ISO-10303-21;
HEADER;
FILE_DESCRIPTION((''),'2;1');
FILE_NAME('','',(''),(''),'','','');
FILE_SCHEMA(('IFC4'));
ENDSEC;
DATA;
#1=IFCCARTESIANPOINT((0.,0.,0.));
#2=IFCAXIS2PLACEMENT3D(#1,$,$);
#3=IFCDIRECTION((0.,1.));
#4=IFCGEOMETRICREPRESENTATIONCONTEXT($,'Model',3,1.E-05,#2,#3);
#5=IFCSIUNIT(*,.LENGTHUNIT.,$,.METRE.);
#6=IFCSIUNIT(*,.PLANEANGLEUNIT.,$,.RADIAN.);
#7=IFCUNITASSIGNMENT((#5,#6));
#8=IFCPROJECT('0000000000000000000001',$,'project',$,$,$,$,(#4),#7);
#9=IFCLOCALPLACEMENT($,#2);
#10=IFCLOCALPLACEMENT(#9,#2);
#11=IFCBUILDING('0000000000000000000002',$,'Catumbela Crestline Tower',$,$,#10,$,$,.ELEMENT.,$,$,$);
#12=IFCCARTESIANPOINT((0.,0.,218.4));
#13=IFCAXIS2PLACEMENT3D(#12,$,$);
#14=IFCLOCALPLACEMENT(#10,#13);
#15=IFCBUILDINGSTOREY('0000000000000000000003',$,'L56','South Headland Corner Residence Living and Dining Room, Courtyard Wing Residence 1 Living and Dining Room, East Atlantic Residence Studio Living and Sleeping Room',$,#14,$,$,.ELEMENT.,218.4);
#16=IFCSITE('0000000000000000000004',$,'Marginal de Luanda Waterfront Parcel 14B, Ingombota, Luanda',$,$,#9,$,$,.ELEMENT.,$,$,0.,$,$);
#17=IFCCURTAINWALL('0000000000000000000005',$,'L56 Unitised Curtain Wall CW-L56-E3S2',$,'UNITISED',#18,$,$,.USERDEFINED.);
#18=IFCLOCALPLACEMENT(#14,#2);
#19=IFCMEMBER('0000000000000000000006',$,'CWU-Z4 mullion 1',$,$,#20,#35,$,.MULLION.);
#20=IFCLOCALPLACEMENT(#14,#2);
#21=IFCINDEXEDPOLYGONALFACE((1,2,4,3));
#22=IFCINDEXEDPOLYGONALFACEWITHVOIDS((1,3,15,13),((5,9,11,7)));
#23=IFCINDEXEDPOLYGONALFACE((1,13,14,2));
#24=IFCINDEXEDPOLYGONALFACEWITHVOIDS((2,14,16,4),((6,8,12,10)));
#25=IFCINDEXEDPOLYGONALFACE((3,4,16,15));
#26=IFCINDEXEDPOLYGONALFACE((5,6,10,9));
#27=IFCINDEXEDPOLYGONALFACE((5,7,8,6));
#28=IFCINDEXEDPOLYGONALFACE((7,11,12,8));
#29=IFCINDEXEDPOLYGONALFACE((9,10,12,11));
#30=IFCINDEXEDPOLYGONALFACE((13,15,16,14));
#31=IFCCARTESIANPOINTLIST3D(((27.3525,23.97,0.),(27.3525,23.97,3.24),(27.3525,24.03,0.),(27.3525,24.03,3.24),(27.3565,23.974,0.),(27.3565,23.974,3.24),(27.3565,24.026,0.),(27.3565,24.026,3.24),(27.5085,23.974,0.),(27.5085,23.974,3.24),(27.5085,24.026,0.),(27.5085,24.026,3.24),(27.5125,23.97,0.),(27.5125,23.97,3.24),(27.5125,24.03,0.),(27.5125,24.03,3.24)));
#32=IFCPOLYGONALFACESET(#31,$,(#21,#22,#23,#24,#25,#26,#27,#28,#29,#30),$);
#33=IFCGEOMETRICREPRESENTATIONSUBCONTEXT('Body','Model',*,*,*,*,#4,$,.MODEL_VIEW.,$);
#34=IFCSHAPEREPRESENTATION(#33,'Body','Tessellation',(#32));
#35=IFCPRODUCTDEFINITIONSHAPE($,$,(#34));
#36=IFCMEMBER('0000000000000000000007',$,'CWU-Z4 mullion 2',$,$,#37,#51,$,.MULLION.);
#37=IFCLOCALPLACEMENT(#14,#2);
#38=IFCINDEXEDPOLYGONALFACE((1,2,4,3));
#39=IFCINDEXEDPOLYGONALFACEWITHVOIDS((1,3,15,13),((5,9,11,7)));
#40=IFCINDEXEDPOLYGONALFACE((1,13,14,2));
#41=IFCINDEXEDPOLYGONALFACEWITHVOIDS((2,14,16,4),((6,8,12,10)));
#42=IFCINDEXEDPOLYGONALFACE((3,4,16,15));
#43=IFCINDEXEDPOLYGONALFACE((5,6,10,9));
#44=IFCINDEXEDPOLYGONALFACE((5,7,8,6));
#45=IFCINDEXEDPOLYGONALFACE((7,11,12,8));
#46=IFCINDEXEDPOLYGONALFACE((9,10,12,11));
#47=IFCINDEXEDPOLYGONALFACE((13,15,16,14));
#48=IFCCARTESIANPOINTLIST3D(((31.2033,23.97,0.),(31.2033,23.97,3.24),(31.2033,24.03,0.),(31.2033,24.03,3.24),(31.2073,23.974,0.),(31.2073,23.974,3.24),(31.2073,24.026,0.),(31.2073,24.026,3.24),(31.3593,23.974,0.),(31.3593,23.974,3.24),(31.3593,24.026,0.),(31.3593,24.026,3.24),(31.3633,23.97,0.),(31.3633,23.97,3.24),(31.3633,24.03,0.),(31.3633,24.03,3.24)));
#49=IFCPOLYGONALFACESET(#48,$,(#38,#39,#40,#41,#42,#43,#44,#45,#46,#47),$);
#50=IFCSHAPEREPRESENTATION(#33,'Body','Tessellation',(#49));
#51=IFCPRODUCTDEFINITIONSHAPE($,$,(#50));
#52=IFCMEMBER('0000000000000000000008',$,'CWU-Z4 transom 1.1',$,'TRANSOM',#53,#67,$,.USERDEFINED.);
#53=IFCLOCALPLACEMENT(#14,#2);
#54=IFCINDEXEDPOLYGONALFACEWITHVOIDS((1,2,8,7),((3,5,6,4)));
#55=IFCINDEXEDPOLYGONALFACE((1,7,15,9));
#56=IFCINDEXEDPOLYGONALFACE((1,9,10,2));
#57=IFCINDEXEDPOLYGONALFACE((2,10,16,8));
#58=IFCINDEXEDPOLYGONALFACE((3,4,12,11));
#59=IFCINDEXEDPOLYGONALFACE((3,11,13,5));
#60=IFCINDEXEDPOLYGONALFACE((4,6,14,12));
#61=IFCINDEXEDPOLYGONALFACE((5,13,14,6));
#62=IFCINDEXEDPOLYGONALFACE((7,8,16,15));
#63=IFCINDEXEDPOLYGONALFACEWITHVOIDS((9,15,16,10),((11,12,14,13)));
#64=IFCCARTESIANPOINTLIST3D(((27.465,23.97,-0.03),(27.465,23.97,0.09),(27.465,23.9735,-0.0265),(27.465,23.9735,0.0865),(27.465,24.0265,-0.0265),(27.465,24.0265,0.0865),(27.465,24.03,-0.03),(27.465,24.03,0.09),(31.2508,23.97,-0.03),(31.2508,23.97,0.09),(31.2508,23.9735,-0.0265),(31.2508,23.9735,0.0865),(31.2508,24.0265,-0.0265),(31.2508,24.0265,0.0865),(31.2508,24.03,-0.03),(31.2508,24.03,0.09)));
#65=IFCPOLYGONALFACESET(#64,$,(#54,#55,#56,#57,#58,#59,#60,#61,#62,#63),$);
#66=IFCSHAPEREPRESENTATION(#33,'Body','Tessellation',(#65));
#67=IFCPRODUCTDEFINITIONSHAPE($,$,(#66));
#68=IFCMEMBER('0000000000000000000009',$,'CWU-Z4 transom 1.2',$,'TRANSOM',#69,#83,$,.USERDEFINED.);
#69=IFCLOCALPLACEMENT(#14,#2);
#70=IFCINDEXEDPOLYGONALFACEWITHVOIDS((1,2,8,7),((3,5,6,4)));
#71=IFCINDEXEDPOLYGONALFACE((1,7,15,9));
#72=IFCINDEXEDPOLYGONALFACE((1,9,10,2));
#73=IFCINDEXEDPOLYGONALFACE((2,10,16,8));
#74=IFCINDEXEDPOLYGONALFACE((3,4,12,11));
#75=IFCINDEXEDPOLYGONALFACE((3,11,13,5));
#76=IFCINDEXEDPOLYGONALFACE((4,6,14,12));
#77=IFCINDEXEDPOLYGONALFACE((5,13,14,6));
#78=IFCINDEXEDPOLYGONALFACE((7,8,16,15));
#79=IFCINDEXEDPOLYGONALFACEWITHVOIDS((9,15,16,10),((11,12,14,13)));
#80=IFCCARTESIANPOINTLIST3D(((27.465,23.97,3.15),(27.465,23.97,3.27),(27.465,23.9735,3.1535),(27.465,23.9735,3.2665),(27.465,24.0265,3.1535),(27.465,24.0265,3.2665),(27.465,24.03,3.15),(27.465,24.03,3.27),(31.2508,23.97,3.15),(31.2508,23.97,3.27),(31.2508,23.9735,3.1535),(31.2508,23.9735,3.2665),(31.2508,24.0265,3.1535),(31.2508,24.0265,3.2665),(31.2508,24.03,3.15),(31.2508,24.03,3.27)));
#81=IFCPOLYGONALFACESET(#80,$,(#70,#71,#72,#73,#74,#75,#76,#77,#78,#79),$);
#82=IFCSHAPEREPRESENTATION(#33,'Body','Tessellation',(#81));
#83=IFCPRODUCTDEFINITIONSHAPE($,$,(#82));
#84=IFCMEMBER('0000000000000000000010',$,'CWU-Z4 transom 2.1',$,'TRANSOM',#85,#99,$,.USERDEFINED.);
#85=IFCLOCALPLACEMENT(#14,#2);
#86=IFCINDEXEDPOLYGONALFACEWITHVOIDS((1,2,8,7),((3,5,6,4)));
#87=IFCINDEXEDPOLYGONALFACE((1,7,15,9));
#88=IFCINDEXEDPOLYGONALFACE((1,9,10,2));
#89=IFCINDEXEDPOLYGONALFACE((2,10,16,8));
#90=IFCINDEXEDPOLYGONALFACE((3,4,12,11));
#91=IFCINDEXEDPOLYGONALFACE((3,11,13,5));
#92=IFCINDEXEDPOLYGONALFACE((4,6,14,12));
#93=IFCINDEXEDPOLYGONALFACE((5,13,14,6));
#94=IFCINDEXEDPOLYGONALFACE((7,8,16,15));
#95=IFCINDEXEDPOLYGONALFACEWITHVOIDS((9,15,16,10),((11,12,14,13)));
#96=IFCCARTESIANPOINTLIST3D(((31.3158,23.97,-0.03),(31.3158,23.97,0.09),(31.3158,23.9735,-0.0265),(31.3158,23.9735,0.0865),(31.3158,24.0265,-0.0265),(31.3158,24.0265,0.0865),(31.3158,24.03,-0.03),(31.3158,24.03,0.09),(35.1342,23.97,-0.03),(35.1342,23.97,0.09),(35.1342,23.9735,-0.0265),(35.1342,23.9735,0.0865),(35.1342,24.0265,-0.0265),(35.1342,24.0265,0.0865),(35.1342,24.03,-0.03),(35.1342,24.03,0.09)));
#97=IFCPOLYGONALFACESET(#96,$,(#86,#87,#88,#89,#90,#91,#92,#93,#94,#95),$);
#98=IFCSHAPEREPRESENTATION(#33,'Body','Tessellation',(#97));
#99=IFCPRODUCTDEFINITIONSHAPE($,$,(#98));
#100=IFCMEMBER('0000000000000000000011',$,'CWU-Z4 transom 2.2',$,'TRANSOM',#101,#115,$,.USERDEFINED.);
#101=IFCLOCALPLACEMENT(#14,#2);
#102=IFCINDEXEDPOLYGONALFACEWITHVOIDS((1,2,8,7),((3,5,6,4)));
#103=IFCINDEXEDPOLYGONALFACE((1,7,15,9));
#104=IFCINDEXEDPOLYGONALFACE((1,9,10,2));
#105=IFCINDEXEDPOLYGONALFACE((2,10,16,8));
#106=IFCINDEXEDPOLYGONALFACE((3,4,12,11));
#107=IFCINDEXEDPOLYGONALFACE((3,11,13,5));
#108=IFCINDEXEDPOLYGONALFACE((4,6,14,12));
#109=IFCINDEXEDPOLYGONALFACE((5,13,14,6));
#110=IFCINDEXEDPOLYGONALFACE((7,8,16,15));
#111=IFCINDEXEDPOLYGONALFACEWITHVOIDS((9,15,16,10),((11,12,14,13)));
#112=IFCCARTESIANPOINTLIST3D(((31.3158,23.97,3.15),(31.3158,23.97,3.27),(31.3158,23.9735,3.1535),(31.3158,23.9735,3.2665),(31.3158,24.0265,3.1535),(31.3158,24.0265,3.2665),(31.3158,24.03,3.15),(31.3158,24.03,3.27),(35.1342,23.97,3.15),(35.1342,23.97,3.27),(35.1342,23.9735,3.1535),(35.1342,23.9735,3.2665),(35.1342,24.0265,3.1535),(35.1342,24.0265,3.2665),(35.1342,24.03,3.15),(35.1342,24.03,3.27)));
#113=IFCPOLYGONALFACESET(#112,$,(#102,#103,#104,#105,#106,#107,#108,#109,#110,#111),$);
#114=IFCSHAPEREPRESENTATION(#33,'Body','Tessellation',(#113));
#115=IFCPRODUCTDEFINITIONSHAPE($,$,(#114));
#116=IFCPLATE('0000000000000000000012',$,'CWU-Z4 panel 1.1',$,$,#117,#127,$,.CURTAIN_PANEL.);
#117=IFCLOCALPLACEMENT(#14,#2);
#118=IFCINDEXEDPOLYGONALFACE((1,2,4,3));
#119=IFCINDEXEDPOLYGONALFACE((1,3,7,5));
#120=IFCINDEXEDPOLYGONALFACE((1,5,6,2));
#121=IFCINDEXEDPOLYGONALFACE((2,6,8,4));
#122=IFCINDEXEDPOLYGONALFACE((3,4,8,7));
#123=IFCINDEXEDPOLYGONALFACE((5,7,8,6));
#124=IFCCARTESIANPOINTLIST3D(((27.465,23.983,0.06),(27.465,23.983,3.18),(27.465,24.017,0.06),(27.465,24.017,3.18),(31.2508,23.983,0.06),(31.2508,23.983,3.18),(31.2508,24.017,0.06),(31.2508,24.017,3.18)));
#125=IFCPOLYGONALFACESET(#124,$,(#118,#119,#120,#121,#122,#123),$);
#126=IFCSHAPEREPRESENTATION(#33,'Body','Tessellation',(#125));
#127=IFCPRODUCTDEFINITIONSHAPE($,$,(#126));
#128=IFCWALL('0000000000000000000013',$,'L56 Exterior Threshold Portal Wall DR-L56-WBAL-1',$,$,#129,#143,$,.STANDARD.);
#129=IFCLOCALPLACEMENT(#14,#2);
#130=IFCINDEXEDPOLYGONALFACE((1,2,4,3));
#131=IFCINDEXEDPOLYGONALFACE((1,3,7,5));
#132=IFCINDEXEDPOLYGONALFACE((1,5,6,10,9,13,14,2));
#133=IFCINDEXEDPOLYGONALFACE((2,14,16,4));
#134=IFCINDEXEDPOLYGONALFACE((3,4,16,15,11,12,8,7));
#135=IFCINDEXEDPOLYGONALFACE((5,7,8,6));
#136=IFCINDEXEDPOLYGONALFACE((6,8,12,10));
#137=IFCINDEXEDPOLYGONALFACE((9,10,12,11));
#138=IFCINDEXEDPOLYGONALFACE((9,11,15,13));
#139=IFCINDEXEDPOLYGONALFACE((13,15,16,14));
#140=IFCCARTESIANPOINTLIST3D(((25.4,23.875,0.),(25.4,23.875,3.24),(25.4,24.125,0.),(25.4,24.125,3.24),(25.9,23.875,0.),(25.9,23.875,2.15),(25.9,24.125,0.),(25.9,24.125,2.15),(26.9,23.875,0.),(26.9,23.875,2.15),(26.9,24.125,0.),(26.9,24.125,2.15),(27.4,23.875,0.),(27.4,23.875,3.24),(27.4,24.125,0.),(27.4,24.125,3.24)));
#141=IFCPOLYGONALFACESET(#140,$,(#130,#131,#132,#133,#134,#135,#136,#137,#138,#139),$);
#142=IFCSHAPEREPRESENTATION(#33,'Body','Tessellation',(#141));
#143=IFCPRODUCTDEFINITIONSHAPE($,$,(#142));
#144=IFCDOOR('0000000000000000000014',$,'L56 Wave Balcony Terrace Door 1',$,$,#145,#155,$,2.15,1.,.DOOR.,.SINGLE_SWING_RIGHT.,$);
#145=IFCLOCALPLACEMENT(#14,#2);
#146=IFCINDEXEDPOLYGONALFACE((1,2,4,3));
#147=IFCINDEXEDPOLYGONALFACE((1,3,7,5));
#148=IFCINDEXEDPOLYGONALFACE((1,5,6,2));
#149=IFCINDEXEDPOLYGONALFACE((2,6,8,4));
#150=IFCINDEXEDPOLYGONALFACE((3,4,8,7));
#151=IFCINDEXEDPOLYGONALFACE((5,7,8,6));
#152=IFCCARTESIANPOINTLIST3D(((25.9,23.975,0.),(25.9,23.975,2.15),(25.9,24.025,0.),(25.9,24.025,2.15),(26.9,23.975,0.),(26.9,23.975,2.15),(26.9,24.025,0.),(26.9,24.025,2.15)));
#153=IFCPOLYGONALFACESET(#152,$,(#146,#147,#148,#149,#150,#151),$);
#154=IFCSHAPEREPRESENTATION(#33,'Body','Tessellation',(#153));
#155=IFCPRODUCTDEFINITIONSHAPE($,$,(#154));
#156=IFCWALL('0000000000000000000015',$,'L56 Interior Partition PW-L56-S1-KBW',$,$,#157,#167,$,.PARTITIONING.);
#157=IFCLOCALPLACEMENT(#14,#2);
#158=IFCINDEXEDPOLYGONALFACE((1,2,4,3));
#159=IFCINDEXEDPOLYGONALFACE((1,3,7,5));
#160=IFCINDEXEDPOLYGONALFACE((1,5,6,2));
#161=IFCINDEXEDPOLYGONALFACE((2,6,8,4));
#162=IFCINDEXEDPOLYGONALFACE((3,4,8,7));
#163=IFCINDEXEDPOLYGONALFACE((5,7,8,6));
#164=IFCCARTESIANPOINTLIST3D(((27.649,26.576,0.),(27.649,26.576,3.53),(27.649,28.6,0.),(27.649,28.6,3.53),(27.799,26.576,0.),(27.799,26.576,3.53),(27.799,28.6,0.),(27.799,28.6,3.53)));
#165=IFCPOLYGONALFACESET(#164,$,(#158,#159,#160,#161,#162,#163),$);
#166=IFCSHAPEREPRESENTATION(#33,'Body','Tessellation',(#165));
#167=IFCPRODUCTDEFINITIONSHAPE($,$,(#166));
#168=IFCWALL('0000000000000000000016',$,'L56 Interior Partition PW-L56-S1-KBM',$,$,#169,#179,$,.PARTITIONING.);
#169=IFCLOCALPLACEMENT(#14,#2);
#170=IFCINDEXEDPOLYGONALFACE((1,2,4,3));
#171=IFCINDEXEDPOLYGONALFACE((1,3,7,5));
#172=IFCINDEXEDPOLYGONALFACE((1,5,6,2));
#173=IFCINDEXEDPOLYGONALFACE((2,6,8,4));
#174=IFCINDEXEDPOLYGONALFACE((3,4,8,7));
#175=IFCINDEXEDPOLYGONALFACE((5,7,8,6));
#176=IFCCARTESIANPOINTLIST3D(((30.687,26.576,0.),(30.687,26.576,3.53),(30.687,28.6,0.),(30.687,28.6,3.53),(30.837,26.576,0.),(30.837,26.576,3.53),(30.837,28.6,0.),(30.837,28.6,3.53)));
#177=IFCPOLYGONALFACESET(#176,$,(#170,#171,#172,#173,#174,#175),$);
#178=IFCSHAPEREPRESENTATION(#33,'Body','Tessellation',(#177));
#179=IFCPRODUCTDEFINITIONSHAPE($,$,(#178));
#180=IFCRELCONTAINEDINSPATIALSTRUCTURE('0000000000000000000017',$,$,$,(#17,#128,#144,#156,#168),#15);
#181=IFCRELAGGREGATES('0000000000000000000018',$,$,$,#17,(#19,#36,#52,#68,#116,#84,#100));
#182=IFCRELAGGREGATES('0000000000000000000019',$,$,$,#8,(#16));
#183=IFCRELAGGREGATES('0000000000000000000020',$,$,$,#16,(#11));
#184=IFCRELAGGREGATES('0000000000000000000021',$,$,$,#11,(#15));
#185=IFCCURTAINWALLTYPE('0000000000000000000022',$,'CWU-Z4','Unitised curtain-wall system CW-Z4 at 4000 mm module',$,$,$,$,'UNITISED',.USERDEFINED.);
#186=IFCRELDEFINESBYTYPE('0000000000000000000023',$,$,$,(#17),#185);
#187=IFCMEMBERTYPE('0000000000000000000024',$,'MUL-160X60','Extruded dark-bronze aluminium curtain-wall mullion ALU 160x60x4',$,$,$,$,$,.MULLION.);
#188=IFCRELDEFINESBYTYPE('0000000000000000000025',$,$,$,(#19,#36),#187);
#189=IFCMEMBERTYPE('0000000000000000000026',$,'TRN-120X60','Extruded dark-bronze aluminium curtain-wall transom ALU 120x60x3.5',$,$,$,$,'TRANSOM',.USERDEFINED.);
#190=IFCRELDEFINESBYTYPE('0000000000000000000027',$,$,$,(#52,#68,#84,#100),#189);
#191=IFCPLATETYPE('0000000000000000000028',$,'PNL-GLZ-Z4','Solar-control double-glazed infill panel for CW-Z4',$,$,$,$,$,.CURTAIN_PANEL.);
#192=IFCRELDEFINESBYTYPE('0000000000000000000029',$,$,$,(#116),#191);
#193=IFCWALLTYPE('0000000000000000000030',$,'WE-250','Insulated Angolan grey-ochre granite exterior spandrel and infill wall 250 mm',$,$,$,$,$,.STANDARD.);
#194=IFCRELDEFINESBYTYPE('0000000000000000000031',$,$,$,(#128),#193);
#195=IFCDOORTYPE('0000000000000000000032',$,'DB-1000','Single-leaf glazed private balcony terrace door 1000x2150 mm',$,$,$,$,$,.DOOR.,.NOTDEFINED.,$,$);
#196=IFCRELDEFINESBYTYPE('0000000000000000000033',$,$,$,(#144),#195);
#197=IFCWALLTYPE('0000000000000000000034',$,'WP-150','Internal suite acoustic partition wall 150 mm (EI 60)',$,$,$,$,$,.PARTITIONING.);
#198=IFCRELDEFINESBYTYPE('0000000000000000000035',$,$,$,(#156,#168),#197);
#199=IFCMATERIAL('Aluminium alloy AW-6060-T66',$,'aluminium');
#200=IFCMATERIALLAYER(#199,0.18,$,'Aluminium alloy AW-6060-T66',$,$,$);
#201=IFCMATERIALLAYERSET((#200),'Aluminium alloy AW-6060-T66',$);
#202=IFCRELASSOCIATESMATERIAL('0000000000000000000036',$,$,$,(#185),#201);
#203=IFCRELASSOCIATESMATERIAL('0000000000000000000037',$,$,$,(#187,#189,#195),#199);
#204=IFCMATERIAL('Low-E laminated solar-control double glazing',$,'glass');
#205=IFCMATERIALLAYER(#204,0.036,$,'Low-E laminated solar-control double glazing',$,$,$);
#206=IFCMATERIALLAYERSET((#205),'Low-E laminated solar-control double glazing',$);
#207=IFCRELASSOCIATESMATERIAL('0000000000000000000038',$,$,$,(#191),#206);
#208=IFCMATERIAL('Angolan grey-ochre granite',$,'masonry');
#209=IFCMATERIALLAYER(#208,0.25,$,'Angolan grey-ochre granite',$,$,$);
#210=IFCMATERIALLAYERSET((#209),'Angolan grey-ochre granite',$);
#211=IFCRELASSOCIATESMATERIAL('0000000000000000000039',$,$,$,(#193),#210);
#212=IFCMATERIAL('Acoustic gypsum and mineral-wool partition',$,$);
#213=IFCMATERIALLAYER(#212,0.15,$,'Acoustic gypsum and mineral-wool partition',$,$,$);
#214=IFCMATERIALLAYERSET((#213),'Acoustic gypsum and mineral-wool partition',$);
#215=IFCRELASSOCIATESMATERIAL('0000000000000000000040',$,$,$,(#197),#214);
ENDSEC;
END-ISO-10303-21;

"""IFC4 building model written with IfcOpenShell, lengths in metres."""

from ifc_helpers import new_model, si_unit, direction, frame, frame_2d, origin, origin_2d, place, context, subcontext, project, spatial, rectangle, hollow_rectangle, extrude, material, layer, layer_set, material_profile, profile_set, type_object, element, fill, aggregate, save


model = new_model("IFC4")

# Units and contexts
model_context = context("Model", 3, precision=1e-05, world=origin(), true_north=direction((0.0, 1.0)))
body_context = subcontext(model_context, "Body", "Model", "MODEL_VIEW")
ifc_project = project(units=[si_unit("LENGTHUNIT", "METRE"), si_unit("PLANEANGLEUNIT", "RADIAN")], contexts=[model_context])

# Site, building, storey
site_placement = place(None, origin())
site = spatial("IfcSite", under=ifc_project, at=site_placement, Name="Marginal de Luanda Waterfront Parcel 14B, Ingombota, Luanda", CompositionType="ELEMENT", RefElevation=0.0)
building_placement = place(site_placement, origin())
building = spatial("IfcBuilding", under=site, at=building_placement, Name="Catumbela Crestline Tower", CompositionType="ELEMENT")
storey_placement = place(building_placement, frame((0.0, 0.0, 218.4)))
storey = spatial("IfcBuildingStorey", under=building, at=storey_placement, Name="L56", Description="South Headland Corner Residence Living and Dining Room, Courtyard Wing Residence 1 Living and Dining Room, East Atlantic Residence Studio Living and Sleeping Room", CompositionType="ELEMENT", Elevation=218.4)

# Curtain wall, members, plate
ifc_material_1 = material(Name="Aluminium alloy AW-6060-T66", Category="aluminium")
ifc_layer_1 = layer(ifc_material_1, 0.18, Name="Aluminium alloy AW-6060-T66")
ifc_layer_set_1 = layer_set([ifc_layer_1], Name="Aluminium alloy AW-6060-T66")
curtain_wall_type = type_object("IfcCurtainWallType", Name="CWU-Z4", Description="Unitised curtain-wall system CW-Z4 at 4000 mm module", ElementType="UNITISED", PredefinedType="USERDEFINED", material=ifc_layer_set_1)
curtain_wall_placement = place(storey_placement, origin())
curtain_wall = element("IfcCurtainWall", 1, at=curtain_wall_placement, inside=storey, type_object=curtain_wall_type, Name="L56 Unitised Curtain Wall CW-L56-E3S2", ObjectType="UNITISED", PredefinedType="USERDEFINED")
ifc_material_profile_1 = material_profile(ifc_material_1, hollow_rectangle(XDim=0.06, YDim=0.16, WallThickness=0.004, at=origin_2d()), Name="ALU 160x60x4")
ifc_profile_set_1 = profile_set([ifc_material_profile_1], Name="Aluminium alloy AW-6060-T66")
member_type_1 = type_object("IfcMemberType", Name="MUL-160X60", Description="Extruded dark-bronze aluminium curtain-wall mullion ALU 160x60x4", PredefinedType="MULLION", material=ifc_profile_set_1)
member_1_placement = place(storey_placement, frame((27.4325, 24.0, 0.0), z_axis=(0.0, 0.0, 1.0), x_axis=(0.0, 1.0, 0.0)))
member_1 = element("IfcMember", 2, at=member_1_placement, type_object=member_type_1, Name="CWU-Z4 mullion 1", PredefinedType="MULLION", context=body_context, shape_type="SweptSolid", body=[
    extrude(hollow_rectangle(XDim=0.06, YDim=0.16, WallThickness=0.004, at=origin_2d()), origin(), (0.0, 0.0, 1.0), 3.24),
])
member_2_placement = place(storey_placement, frame((31.2833, 24.0, 0.0), z_axis=(0.0, 0.0, 1.0), x_axis=(0.0, 1.0, 0.0)))
member_2 = element("IfcMember", 3, at=member_2_placement, type_object=member_type_1, Name="CWU-Z4 mullion 2", PredefinedType="MULLION", context=body_context, shape_type="SweptSolid", body=[
    extrude(hollow_rectangle(XDim=0.06, YDim=0.16, WallThickness=0.004, at=origin_2d()), origin(), (0.0, 0.0, 1.0), 3.24),
])
ifc_material_profile_2 = material_profile(ifc_material_1, hollow_rectangle(XDim=0.06, YDim=0.12, WallThickness=0.0035, at=origin_2d()), Name="ALU 120x60x3.5")
ifc_profile_set_2 = profile_set([ifc_material_profile_2], Name="Aluminium alloy AW-6060-T66")
member_type_2 = type_object("IfcMemberType", Name="TRN-120X60", Description="Extruded dark-bronze aluminium curtain-wall transom ALU 120x60x3.5", ElementType="TRANSOM", PredefinedType="USERDEFINED", material=ifc_profile_set_2)
member_3_placement = place(storey_placement, frame((27.465, 24.0, 0.03), z_axis=(1.0, 0.0, 0.0), x_axis=(0.0, 1.0, 0.0)))
member_3 = element("IfcMember", 4, at=member_3_placement, type_object=member_type_2, Name="CWU-Z4 transom 1.1", ObjectType="TRANSOM", PredefinedType="USERDEFINED", context=body_context, shape_type="SweptSolid", body=[
    extrude(hollow_rectangle(XDim=0.06, YDim=0.12, WallThickness=0.0035, at=origin_2d()), origin(), (0.0, 0.0, 1.0), 3.7858),
])
member_4_placement = place(storey_placement, frame((27.465, 24.0, 3.21), z_axis=(1.0, 0.0, 0.0), x_axis=(0.0, 1.0, 0.0)))
member_4 = element("IfcMember", 5, at=member_4_placement, type_object=member_type_2, Name="CWU-Z4 transom 1.2", ObjectType="TRANSOM", PredefinedType="USERDEFINED", context=body_context, shape_type="SweptSolid", body=[
    extrude(hollow_rectangle(XDim=0.06, YDim=0.12, WallThickness=0.0035, at=origin_2d()), origin(), (0.0, 0.0, 1.0), 3.7858),
])
member_5_placement = place(storey_placement, frame((31.3158, 24.0, 0.03), z_axis=(1.0, 0.0, 0.0), x_axis=(0.0, 1.0, 0.0)))
member_5 = element("IfcMember", 6, at=member_5_placement, type_object=member_type_2, Name="CWU-Z4 transom 2.1", ObjectType="TRANSOM", PredefinedType="USERDEFINED", context=body_context, shape_type="SweptSolid", body=[
    extrude(hollow_rectangle(XDim=0.06, YDim=0.12, WallThickness=0.0035, at=origin_2d()), origin(), (0.0, 0.0, 1.0), 3.8184),
])
member_6_placement = place(storey_placement, frame((31.3158, 24.0, 3.21), z_axis=(1.0, 0.0, 0.0), x_axis=(0.0, 1.0, 0.0)))
member_6 = element("IfcMember", 7, at=member_6_placement, type_object=member_type_2, Name="CWU-Z4 transom 2.2", ObjectType="TRANSOM", PredefinedType="USERDEFINED", context=body_context, shape_type="SweptSolid", body=[
    extrude(hollow_rectangle(XDim=0.06, YDim=0.12, WallThickness=0.0035, at=origin_2d()), origin(), (0.0, 0.0, 1.0), 3.8184),
])
ifc_material_2 = material(Name="Low-E laminated solar-control double glazing", Category="glass")
ifc_layer_2 = layer(ifc_material_2, 0.036, Name="Low-E laminated solar-control double glazing")
ifc_layer_set_2 = layer_set([ifc_layer_2], Name="Low-E laminated solar-control double glazing")
plate_type = type_object("IfcPlateType", Name="PNL-GLZ-Z4", Description="Solar-control double-glazed infill panel for CW-Z4", PredefinedType="CURTAIN_PANEL", material=ifc_layer_set_2)
plate_placement = place(storey_placement, frame((29.3579, 24.0, 0.06), z_axis=(0.0, 0.0, 1.0), x_axis=(1.0, 0.0, 0.0)))
plate = element("IfcPlate", 8, at=plate_placement, type_object=plate_type, Name="CWU-Z4 panel 1.1", PredefinedType="CURTAIN_PANEL", context=body_context, shape_type="SweptSolid", body=[
    extrude(rectangle(XDim=3.7858, YDim=0.034, at=origin_2d()), origin(), (0.0, 0.0, 1.0), 3.12),
])
aggregate(curtain_wall, [member_1, member_2, member_3, member_4, plate, member_5, member_6])

# Wall, opening, door
ifc_material_3 = material(Name="Angolan grey-ochre granite", Category="masonry")
ifc_layer_3 = layer(ifc_material_3, 0.25, Name="Angolan grey-ochre granite")
ifc_layer_set_3 = layer_set([ifc_layer_3], Name="Angolan grey-ochre granite")
wall_type_1 = type_object("IfcWallType", Name="WE-250", Description="Insulated Angolan grey-ochre granite exterior spandrel and infill wall 250 mm", PredefinedType="STANDARD", material=ifc_layer_set_3)
wall_1_placement = place(storey_placement, frame((25.4, 24.0, 0.0), z_axis=(0.0, 0.0, 1.0), x_axis=(1.0, 0.0, 0.0)))
wall_1 = element("IfcWall", 9, at=wall_1_placement, inside=storey, type_object=wall_type_1, Name="L56 Exterior Threshold Portal Wall DR-L56-WBAL-1", PredefinedType="STANDARD", context=body_context, shape_type="SweptSolid", body=[
    extrude(rectangle(XDim=2.0, YDim=0.25, at=frame_2d((1.0, 0.0))), origin(), (0.0, 0.0, 1.0), 3.24),
])
opening_1_placement = place(wall_1_placement, frame((0.5, 0.0, 0.0)))
opening_1 = element("IfcOpeningElement", 10, at=opening_1_placement, cuts=wall_1, PredefinedType="OPENING", context=body_context, shape_type="SweptSolid", body=[
    extrude(rectangle(XDim=1.0, YDim=2.15, at=frame_2d((0.5, 1.075))), frame((0.0, 0.135, 0.0), z_axis=(0.0, -1.0, 0.0), x_axis=(1.0, 0.0, 0.0)), (0.0, 0.0, 1.0), 0.27),
])
door_type_1 = type_object("IfcDoorType", Name="DB-1000", Description="Single-leaf glazed private balcony terrace door 1000x2150 mm", OperationType="NOTDEFINED", PredefinedType="DOOR", material=ifc_material_1)
door_1_placement = place(opening_1_placement, origin())
door_1 = element("IfcDoor", 11, at=door_1_placement, inside=storey, type_object=door_type_1, Name="L56 Wave Balcony Terrace Door 1", OperationType="SINGLE_SWING_RIGHT", OverallHeight=2.15, OverallWidth=1.0, PredefinedType="DOOR", context=body_context, shape_type="SweptSolid", body=[
    extrude(rectangle(XDim=1.0, YDim=2.15, at=frame_2d((0.5, 1.075))), frame((0.0, 0.025, 0.0), z_axis=(0.0, -1.0, 0.0), x_axis=(1.0, 0.0, 0.0)), (0.0, 0.0, 1.0), 0.05),
])
fill(opening_1, door_1)

# Walls
ifc_material_4 = material(Name="Acoustic gypsum and mineral-wool partition")
ifc_layer_4 = layer(ifc_material_4, 0.15, Name="Acoustic gypsum and mineral-wool partition")
ifc_layer_set_4 = layer_set([ifc_layer_4], Name="Acoustic gypsum and mineral-wool partition")
wall_type_2 = type_object("IfcWallType", Name="WP-150", Description="Internal suite acoustic partition wall 150 mm (EI 60)", PredefinedType="PARTITIONING", material=ifc_layer_set_4)
for number, where, z_axis, x_axis, name in (
    (12, (27.724, 26.576, 0.0), (0.0, 0.0, 1.0), (0.0, 1.0, 0.0), "L56 Interior Partition PW-L56-S1-KBW"),
    (13, (30.762, 26.576, 0.0), (0.0, 0.0, 1.0), (0.0, 1.0, 0.0), "L56 Interior Partition PW-L56-S1-KBM"),
):
    element("IfcWall", number, at=place(storey_placement, frame(where, z_axis=z_axis, x_axis=x_axis)), inside=storey, type_object=wall_type_2, Name=name, PredefinedType="PARTITIONING", context=body_context, shape_type="SweptSolid", body=[
        extrude(rectangle(XDim=2.024, YDim=0.15, at=frame_2d((1.012, 0.0))), origin(), (0.0, 0.0, 1.0), 3.53),
    ])

save(model, "model.ifc")
